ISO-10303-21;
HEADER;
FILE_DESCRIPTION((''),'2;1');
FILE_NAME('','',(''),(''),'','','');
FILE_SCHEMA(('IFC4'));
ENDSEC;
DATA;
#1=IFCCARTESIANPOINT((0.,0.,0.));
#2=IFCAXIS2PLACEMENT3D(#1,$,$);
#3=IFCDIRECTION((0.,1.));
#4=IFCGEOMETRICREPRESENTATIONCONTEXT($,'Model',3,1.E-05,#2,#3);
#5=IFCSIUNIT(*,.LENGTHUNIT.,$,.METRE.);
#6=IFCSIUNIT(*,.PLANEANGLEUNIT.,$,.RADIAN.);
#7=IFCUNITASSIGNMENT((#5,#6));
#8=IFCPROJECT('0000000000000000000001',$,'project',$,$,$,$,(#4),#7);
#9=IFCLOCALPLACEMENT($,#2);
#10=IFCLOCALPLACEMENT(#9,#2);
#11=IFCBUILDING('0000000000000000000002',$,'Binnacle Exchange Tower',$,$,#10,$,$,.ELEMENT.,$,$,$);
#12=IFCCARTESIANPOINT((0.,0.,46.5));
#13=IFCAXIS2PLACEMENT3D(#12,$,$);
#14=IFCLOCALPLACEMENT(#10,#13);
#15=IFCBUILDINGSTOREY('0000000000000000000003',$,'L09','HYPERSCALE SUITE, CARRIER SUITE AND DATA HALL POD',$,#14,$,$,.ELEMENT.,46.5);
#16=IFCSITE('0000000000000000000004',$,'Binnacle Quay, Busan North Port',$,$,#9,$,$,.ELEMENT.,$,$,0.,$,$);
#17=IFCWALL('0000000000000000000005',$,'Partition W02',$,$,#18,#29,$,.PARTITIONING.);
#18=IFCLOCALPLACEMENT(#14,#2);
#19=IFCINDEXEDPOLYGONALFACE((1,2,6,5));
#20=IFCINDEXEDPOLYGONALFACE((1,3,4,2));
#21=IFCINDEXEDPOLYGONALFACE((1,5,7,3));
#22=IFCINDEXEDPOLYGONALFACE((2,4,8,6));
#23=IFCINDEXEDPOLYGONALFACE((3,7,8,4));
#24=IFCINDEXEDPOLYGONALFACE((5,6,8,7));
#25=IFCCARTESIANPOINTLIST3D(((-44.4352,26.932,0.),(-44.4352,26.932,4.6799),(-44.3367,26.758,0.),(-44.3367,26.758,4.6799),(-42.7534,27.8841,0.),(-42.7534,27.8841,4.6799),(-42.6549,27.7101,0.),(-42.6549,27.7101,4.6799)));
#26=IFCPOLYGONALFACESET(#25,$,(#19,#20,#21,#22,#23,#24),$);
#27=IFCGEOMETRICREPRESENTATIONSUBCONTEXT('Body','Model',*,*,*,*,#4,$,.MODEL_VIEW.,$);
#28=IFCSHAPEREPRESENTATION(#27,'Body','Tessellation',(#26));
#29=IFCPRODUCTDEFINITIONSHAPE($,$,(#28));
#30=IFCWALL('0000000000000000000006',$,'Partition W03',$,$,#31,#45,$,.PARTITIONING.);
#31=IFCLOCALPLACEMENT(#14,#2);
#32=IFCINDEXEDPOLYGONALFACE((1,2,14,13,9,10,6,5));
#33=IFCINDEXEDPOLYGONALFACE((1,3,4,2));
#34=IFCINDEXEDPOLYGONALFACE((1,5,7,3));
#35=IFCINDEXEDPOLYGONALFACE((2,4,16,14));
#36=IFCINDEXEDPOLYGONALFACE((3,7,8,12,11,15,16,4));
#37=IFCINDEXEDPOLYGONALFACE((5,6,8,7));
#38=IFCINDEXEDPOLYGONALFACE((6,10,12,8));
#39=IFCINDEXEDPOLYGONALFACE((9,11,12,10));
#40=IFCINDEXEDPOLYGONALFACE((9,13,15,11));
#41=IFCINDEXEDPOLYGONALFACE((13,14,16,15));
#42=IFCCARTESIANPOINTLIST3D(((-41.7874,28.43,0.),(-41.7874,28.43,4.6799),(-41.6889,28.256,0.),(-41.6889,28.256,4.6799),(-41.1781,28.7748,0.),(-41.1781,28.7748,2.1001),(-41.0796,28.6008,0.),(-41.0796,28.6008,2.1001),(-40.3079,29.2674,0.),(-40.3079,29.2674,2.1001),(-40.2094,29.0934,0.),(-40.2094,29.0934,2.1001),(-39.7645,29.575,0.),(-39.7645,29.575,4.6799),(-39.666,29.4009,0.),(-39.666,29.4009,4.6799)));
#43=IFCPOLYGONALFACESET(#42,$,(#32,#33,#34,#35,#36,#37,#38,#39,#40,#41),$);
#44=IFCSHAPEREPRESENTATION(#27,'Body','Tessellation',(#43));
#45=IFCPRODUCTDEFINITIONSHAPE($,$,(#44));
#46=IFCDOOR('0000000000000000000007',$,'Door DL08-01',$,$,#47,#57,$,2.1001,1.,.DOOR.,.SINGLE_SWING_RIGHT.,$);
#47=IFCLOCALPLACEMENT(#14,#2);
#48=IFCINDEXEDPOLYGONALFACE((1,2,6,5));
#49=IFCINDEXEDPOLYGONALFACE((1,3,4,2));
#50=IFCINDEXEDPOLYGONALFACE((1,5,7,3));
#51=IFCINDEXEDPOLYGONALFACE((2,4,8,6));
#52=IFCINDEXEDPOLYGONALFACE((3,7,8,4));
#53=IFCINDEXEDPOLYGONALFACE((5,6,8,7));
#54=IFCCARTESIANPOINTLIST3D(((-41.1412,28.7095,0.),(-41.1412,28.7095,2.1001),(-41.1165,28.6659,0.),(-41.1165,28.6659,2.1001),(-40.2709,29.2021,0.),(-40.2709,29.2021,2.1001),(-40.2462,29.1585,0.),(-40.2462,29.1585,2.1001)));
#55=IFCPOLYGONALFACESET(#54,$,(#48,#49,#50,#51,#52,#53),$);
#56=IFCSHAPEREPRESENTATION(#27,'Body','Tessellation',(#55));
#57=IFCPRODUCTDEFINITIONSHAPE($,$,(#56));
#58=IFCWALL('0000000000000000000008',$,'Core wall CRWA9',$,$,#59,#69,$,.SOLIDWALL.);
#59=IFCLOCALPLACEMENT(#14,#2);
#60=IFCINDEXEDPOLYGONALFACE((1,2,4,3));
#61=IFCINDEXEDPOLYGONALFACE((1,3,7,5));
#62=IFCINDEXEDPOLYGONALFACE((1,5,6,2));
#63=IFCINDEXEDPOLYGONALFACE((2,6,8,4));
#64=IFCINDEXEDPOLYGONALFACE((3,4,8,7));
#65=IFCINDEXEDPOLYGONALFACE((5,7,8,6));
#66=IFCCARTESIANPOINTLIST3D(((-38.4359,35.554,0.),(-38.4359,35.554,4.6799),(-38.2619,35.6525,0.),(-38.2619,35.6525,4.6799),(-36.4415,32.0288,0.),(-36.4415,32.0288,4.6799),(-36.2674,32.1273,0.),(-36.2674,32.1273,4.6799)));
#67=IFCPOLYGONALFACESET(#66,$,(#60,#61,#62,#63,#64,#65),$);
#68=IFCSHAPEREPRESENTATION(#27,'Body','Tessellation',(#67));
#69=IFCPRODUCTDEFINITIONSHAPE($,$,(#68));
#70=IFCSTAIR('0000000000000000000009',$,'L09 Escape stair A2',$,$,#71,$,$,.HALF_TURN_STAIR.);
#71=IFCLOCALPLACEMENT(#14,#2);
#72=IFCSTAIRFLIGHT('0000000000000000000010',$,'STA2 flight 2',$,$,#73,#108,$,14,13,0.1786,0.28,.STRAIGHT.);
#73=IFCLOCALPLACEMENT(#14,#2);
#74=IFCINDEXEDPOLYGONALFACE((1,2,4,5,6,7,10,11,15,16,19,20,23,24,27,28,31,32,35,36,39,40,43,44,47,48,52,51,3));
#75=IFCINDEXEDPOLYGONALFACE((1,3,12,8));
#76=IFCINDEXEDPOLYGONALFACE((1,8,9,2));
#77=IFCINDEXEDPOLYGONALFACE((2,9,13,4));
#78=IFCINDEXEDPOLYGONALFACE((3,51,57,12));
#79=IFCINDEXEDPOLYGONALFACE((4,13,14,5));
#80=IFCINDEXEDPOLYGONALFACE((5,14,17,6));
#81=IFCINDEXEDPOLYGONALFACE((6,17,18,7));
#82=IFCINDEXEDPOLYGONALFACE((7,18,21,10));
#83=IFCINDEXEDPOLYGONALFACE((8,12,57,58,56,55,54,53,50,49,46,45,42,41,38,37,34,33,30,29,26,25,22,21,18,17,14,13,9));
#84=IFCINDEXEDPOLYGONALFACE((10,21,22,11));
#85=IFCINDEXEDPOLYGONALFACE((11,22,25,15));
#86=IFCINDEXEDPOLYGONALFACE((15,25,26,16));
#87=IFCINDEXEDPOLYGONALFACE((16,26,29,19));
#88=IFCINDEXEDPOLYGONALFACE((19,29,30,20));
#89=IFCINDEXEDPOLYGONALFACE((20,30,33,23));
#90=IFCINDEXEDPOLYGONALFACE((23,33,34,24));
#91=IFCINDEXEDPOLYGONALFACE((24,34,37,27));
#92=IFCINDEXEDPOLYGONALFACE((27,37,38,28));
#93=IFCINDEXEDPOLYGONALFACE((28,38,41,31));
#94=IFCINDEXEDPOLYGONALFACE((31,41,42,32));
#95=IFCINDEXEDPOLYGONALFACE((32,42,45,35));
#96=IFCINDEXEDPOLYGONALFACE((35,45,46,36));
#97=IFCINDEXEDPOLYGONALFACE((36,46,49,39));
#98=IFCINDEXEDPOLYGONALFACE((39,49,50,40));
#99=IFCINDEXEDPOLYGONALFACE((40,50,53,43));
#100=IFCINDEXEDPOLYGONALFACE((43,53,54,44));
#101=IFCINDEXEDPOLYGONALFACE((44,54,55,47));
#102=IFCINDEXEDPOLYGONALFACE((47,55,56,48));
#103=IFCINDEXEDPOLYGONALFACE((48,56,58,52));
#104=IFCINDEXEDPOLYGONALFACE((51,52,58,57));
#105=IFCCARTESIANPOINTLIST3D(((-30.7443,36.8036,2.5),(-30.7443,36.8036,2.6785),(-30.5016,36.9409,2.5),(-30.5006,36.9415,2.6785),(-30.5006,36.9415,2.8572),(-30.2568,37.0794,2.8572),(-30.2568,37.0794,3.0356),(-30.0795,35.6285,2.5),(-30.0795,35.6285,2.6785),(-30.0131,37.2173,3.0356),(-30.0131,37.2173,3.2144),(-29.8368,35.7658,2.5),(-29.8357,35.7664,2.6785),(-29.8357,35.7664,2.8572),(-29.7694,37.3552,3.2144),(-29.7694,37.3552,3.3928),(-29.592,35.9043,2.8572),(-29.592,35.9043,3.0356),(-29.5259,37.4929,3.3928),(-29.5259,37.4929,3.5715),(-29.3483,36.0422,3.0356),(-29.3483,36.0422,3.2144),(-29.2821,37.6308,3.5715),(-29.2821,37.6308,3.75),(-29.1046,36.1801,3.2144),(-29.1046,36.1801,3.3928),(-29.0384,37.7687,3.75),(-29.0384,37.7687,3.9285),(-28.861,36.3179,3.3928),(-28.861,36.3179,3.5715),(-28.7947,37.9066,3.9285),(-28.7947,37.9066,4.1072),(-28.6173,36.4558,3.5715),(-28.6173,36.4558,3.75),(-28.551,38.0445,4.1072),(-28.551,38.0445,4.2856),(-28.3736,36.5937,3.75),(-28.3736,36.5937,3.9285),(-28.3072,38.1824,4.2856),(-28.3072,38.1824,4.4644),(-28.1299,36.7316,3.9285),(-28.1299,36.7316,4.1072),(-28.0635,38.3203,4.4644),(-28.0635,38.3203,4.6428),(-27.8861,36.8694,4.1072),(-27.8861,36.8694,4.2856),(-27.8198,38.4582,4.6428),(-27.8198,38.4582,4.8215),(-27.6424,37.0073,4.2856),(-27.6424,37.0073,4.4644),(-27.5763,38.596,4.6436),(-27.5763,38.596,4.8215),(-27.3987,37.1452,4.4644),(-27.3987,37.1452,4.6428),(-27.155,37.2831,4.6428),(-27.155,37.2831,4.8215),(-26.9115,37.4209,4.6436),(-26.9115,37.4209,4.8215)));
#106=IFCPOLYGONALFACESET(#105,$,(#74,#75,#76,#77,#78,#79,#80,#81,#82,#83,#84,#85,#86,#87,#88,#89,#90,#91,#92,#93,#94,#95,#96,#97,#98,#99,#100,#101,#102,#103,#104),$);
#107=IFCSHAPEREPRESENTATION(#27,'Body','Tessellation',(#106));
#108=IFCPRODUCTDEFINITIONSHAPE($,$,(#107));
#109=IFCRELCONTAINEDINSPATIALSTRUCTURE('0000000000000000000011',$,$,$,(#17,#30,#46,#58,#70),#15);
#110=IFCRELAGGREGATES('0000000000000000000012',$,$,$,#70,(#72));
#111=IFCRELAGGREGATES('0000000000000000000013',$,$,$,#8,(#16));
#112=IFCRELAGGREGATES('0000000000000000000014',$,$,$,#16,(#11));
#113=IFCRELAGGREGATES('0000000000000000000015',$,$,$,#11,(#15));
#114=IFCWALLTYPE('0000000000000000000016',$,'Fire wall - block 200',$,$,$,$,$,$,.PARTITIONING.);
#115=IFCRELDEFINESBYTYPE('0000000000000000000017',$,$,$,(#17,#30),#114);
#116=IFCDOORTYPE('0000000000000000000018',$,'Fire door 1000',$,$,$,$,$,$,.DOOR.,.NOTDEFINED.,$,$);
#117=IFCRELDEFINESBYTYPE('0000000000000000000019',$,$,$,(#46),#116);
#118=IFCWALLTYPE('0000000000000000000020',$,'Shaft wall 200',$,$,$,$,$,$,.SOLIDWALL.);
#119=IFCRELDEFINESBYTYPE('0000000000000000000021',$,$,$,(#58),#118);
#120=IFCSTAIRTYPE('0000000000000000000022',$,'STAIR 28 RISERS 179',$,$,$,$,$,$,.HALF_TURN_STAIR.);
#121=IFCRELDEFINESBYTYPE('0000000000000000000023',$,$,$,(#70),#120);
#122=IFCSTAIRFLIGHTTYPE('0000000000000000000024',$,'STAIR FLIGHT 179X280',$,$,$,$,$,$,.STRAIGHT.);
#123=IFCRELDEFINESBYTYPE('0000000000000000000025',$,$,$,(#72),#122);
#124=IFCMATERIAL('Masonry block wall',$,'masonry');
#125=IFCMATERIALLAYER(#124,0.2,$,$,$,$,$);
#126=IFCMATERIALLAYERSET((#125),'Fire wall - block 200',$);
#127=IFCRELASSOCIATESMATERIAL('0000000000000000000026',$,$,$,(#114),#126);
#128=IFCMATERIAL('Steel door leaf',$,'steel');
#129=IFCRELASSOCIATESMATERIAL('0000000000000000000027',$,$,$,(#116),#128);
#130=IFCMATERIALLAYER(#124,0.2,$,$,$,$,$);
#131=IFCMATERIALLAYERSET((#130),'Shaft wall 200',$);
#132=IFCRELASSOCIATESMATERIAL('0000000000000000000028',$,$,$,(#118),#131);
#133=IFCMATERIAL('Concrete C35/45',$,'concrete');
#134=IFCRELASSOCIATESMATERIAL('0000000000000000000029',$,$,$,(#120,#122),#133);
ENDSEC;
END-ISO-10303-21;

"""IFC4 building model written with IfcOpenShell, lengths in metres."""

from ifc_helpers import new_model, si_unit, direction, frame, frame_2d, origin, place, context, subcontext, project, spatial, polyline, rectangle, outline, extrude, material, layer, layer_set, type_object, element, fill, aggregate, save


model = new_model("IFC4")

# Units and contexts
model_context = context("Model", 3, precision=1e-05, world=origin(), true_north=direction((0.0, 1.0)))
body_context = subcontext(model_context, "Body", "Model", "MODEL_VIEW")
ifc_project = project(units=[si_unit("LENGTHUNIT", "METRE"), si_unit("PLANEANGLEUNIT", "RADIAN")], contexts=[model_context])

# Site, building, storey
site_placement = place(None, origin())
site = spatial("IfcSite", under=ifc_project, at=site_placement, Name="Binnacle Quay, Busan North Port", CompositionType="ELEMENT", RefElevation=0.0)
building_placement = place(site_placement, origin())
building = spatial("IfcBuilding", under=site, at=building_placement, Name="Binnacle Exchange Tower", CompositionType="ELEMENT")
storey_placement = place(building_placement, frame((0.0, 0.0, 46.5)))
storey = spatial("IfcBuildingStorey", under=building, at=storey_placement, Name="L09", Description="HYPERSCALE SUITE, CARRIER SUITE AND DATA HALL POD", CompositionType="ELEMENT", Elevation=46.5)

# Shared definitions
ifc_material_1 = material(Name="Steel door leaf", Category="steel")

# Wall
ifc_material_2 = material(Name="Masonry block wall", Category="masonry")
ifc_layer_1 = layer(ifc_material_2, 0.2)
ifc_layer_set_1 = layer_set([ifc_layer_1], Name="Fire wall - block 200")
wall_type_1 = type_object("IfcWallType", Name="Fire wall - block 200", PredefinedType="PARTITIONING", material=ifc_layer_set_1)
wall_1_placement = place(storey_placement, frame((-44.386, 26.845, 0.0), z_axis=(0.0, 0.0, 1.0), x_axis=(0.870226, 0.492652, 0.0)))
element("IfcWall", 1, at=wall_1_placement, inside=storey, type_object=wall_type_1, Name="Partition W02", PredefinedType="PARTITIONING", context=body_context, shape_type="SweptSolid", body=[
    extrude(rectangle(XDim=1.9326, YDim=0.2, at=frame_2d((0.9663, 0.0))), origin(), (0.0, 0.0, 1.0), 4.6799),
])

# Wall, opening, door
wall_2_placement = place(storey_placement, frame((-41.738, 28.343, 0.0), z_axis=(0.0, 0.0, 1.0), x_axis=(0.870265, 0.492583, 0.0)))
wall_2 = element("IfcWall", 2, at=wall_2_placement, inside=storey, type_object=wall_type_1, Name="Partition W03", PredefinedType="PARTITIONING", context=body_context, shape_type="SweptSolid", body=[
    extrude(rectangle(XDim=2.3245, YDim=0.2, at=frame_2d((1.1621, 0.0))), origin(), (0.0, 0.0, 1.0), 4.6799),
])
opening_1_placement = place(wall_2_placement, frame((0.7, 0.0, 0.0)))
opening_1 = element("IfcOpeningElement", 3, at=opening_1_placement, cuts=wall_2, PredefinedType="OPENING", context=body_context, shape_type="SweptSolid", body=[
    extrude(rectangle(XDim=1.0, YDim=2.1001, at=frame_2d((0.5, 1.05))), frame((0.0, 0.1099, 0.0), z_axis=(0.0, -1.0, 0.0), x_axis=(1.0, 0.0, 0.0)), (0.0, 0.0, 1.0), 0.22),
])
door_type_1 = type_object("IfcDoorType", Name="Fire door 1000", OperationType="NOTDEFINED", PredefinedType="DOOR", material=ifc_material_1)
door_1_placement = place(opening_1_placement, origin())
door_1 = element("IfcDoor", 4, at=door_1_placement, inside=storey, type_object=door_type_1, Name="Door DL08-01", OperationType="SINGLE_SWING_RIGHT", OverallHeight=2.1001, OverallWidth=1.0, PredefinedType="DOOR", context=body_context, shape_type="SweptSolid", body=[
    extrude(rectangle(XDim=1.0, YDim=2.1001, at=frame_2d((0.5, 1.05))), frame((0.0, 0.0249, 0.0), z_axis=(0.0, -1.0, 0.0), x_axis=(1.0, 0.0, 0.0)), (0.0, 0.0, 1.0), 0.05),
])
fill(opening_1, door_1)

# Wall
ifc_layer_2 = layer(ifc_material_2, 0.2)
ifc_layer_set_2 = layer_set([ifc_layer_2], Name="Shaft wall 200")
wall_type_2 = type_object("IfcWallType", Name="Shaft wall 200", PredefinedType="SOLIDWALL", material=ifc_layer_set_2)
wall_3_placement = place(storey_placement, frame((-38.3489, 35.6033, 0.0), z_axis=(0.0, 0.0, 1.0), x_axis=(0.492415, -0.870361, 0.0)))
element("IfcWall", 5, at=wall_3_placement, inside=storey, type_object=wall_type_2, Name="Core wall CRWA9", PredefinedType="SOLIDWALL", context=body_context, shape_type="SweptSolid", body=[
    extrude(rectangle(XDim=4.0503, YDim=0.2, at=frame_2d((2.0251, 0.0))), origin(), (0.0, 0.0, 1.0), 4.6799),
])

# Stair, stair flight
ifc_material_3 = material(Name="Concrete C35/45", Category="concrete")
stair_type = type_object("IfcStairType", Name="STAIR 28 RISERS 179", PredefinedType="HALF_TURN_STAIR", material=ifc_material_3)
stair_placement = place(storey_placement, origin())
stair = element("IfcStair", 6, at=stair_placement, inside=storey, type_object=stair_type, Name="L09 Escape stair A2", PredefinedType="HALF_TURN_STAIR")
stair_flight_type = type_object("IfcStairFlightType", Name="STAIR FLIGHT 179X280", PredefinedType="STRAIGHT", material=ifc_material_3)
stair_flight_placement = place(storey_placement, frame((-30.4119, 36.2161, 2.5), z_axis=(0.0, 0.0, 1.0), x_axis=(0.870356, 0.492424, 0.0)))
stair_flight = element("IfcStairFlight", 7, at=stair_flight_placement, type_object=stair_flight_type, Name="STA2 flight 2", NumberOfRisers=14, NumberOfTreads=13, PredefinedType="STRAIGHT", RiserHeight=0.1786, TreadLength=0.28, context=body_context, shape_type="SweptSolid", body=[
    extrude(outline(polyline([(0.0, 0.0), (0.0, 0.1785), (0.28, 0.1785), (0.28, 0.3572), (0.5601, 0.3572), (0.5601, 0.5356), (0.8401, 0.5356), (0.8401, 0.7144), (1.1201, 0.7144), (1.1201, 0.8928), (1.3999, 0.8928), (1.3999, 1.0715), (1.6799, 1.0715), (1.6799, 1.25), (1.96, 1.25), (1.96, 1.4285), (2.24, 1.4285), (2.24, 1.6072), (2.52, 1.6072), (2.52, 1.7856), (2.8, 1.7856), (2.8, 1.9644), (3.0801, 1.9644), (3.0801, 2.1428), (3.3601, 2.1428), (3.3601, 2.3215), (3.6399, 2.3215), (3.6399, 2.5), (3.6399, 2.1436), (0.2788, 0.0), (0.0, 0.0)])), frame((0.0, 0.675, 0.0), z_axis=(0.0, -1.0, 0.0), x_axis=(1.0, 0.0, 0.0)), (0.0, 0.0, 1.0), 1.3501),
])
aggregate(stair, [stair_flight])

save(model, "model.ifc")
